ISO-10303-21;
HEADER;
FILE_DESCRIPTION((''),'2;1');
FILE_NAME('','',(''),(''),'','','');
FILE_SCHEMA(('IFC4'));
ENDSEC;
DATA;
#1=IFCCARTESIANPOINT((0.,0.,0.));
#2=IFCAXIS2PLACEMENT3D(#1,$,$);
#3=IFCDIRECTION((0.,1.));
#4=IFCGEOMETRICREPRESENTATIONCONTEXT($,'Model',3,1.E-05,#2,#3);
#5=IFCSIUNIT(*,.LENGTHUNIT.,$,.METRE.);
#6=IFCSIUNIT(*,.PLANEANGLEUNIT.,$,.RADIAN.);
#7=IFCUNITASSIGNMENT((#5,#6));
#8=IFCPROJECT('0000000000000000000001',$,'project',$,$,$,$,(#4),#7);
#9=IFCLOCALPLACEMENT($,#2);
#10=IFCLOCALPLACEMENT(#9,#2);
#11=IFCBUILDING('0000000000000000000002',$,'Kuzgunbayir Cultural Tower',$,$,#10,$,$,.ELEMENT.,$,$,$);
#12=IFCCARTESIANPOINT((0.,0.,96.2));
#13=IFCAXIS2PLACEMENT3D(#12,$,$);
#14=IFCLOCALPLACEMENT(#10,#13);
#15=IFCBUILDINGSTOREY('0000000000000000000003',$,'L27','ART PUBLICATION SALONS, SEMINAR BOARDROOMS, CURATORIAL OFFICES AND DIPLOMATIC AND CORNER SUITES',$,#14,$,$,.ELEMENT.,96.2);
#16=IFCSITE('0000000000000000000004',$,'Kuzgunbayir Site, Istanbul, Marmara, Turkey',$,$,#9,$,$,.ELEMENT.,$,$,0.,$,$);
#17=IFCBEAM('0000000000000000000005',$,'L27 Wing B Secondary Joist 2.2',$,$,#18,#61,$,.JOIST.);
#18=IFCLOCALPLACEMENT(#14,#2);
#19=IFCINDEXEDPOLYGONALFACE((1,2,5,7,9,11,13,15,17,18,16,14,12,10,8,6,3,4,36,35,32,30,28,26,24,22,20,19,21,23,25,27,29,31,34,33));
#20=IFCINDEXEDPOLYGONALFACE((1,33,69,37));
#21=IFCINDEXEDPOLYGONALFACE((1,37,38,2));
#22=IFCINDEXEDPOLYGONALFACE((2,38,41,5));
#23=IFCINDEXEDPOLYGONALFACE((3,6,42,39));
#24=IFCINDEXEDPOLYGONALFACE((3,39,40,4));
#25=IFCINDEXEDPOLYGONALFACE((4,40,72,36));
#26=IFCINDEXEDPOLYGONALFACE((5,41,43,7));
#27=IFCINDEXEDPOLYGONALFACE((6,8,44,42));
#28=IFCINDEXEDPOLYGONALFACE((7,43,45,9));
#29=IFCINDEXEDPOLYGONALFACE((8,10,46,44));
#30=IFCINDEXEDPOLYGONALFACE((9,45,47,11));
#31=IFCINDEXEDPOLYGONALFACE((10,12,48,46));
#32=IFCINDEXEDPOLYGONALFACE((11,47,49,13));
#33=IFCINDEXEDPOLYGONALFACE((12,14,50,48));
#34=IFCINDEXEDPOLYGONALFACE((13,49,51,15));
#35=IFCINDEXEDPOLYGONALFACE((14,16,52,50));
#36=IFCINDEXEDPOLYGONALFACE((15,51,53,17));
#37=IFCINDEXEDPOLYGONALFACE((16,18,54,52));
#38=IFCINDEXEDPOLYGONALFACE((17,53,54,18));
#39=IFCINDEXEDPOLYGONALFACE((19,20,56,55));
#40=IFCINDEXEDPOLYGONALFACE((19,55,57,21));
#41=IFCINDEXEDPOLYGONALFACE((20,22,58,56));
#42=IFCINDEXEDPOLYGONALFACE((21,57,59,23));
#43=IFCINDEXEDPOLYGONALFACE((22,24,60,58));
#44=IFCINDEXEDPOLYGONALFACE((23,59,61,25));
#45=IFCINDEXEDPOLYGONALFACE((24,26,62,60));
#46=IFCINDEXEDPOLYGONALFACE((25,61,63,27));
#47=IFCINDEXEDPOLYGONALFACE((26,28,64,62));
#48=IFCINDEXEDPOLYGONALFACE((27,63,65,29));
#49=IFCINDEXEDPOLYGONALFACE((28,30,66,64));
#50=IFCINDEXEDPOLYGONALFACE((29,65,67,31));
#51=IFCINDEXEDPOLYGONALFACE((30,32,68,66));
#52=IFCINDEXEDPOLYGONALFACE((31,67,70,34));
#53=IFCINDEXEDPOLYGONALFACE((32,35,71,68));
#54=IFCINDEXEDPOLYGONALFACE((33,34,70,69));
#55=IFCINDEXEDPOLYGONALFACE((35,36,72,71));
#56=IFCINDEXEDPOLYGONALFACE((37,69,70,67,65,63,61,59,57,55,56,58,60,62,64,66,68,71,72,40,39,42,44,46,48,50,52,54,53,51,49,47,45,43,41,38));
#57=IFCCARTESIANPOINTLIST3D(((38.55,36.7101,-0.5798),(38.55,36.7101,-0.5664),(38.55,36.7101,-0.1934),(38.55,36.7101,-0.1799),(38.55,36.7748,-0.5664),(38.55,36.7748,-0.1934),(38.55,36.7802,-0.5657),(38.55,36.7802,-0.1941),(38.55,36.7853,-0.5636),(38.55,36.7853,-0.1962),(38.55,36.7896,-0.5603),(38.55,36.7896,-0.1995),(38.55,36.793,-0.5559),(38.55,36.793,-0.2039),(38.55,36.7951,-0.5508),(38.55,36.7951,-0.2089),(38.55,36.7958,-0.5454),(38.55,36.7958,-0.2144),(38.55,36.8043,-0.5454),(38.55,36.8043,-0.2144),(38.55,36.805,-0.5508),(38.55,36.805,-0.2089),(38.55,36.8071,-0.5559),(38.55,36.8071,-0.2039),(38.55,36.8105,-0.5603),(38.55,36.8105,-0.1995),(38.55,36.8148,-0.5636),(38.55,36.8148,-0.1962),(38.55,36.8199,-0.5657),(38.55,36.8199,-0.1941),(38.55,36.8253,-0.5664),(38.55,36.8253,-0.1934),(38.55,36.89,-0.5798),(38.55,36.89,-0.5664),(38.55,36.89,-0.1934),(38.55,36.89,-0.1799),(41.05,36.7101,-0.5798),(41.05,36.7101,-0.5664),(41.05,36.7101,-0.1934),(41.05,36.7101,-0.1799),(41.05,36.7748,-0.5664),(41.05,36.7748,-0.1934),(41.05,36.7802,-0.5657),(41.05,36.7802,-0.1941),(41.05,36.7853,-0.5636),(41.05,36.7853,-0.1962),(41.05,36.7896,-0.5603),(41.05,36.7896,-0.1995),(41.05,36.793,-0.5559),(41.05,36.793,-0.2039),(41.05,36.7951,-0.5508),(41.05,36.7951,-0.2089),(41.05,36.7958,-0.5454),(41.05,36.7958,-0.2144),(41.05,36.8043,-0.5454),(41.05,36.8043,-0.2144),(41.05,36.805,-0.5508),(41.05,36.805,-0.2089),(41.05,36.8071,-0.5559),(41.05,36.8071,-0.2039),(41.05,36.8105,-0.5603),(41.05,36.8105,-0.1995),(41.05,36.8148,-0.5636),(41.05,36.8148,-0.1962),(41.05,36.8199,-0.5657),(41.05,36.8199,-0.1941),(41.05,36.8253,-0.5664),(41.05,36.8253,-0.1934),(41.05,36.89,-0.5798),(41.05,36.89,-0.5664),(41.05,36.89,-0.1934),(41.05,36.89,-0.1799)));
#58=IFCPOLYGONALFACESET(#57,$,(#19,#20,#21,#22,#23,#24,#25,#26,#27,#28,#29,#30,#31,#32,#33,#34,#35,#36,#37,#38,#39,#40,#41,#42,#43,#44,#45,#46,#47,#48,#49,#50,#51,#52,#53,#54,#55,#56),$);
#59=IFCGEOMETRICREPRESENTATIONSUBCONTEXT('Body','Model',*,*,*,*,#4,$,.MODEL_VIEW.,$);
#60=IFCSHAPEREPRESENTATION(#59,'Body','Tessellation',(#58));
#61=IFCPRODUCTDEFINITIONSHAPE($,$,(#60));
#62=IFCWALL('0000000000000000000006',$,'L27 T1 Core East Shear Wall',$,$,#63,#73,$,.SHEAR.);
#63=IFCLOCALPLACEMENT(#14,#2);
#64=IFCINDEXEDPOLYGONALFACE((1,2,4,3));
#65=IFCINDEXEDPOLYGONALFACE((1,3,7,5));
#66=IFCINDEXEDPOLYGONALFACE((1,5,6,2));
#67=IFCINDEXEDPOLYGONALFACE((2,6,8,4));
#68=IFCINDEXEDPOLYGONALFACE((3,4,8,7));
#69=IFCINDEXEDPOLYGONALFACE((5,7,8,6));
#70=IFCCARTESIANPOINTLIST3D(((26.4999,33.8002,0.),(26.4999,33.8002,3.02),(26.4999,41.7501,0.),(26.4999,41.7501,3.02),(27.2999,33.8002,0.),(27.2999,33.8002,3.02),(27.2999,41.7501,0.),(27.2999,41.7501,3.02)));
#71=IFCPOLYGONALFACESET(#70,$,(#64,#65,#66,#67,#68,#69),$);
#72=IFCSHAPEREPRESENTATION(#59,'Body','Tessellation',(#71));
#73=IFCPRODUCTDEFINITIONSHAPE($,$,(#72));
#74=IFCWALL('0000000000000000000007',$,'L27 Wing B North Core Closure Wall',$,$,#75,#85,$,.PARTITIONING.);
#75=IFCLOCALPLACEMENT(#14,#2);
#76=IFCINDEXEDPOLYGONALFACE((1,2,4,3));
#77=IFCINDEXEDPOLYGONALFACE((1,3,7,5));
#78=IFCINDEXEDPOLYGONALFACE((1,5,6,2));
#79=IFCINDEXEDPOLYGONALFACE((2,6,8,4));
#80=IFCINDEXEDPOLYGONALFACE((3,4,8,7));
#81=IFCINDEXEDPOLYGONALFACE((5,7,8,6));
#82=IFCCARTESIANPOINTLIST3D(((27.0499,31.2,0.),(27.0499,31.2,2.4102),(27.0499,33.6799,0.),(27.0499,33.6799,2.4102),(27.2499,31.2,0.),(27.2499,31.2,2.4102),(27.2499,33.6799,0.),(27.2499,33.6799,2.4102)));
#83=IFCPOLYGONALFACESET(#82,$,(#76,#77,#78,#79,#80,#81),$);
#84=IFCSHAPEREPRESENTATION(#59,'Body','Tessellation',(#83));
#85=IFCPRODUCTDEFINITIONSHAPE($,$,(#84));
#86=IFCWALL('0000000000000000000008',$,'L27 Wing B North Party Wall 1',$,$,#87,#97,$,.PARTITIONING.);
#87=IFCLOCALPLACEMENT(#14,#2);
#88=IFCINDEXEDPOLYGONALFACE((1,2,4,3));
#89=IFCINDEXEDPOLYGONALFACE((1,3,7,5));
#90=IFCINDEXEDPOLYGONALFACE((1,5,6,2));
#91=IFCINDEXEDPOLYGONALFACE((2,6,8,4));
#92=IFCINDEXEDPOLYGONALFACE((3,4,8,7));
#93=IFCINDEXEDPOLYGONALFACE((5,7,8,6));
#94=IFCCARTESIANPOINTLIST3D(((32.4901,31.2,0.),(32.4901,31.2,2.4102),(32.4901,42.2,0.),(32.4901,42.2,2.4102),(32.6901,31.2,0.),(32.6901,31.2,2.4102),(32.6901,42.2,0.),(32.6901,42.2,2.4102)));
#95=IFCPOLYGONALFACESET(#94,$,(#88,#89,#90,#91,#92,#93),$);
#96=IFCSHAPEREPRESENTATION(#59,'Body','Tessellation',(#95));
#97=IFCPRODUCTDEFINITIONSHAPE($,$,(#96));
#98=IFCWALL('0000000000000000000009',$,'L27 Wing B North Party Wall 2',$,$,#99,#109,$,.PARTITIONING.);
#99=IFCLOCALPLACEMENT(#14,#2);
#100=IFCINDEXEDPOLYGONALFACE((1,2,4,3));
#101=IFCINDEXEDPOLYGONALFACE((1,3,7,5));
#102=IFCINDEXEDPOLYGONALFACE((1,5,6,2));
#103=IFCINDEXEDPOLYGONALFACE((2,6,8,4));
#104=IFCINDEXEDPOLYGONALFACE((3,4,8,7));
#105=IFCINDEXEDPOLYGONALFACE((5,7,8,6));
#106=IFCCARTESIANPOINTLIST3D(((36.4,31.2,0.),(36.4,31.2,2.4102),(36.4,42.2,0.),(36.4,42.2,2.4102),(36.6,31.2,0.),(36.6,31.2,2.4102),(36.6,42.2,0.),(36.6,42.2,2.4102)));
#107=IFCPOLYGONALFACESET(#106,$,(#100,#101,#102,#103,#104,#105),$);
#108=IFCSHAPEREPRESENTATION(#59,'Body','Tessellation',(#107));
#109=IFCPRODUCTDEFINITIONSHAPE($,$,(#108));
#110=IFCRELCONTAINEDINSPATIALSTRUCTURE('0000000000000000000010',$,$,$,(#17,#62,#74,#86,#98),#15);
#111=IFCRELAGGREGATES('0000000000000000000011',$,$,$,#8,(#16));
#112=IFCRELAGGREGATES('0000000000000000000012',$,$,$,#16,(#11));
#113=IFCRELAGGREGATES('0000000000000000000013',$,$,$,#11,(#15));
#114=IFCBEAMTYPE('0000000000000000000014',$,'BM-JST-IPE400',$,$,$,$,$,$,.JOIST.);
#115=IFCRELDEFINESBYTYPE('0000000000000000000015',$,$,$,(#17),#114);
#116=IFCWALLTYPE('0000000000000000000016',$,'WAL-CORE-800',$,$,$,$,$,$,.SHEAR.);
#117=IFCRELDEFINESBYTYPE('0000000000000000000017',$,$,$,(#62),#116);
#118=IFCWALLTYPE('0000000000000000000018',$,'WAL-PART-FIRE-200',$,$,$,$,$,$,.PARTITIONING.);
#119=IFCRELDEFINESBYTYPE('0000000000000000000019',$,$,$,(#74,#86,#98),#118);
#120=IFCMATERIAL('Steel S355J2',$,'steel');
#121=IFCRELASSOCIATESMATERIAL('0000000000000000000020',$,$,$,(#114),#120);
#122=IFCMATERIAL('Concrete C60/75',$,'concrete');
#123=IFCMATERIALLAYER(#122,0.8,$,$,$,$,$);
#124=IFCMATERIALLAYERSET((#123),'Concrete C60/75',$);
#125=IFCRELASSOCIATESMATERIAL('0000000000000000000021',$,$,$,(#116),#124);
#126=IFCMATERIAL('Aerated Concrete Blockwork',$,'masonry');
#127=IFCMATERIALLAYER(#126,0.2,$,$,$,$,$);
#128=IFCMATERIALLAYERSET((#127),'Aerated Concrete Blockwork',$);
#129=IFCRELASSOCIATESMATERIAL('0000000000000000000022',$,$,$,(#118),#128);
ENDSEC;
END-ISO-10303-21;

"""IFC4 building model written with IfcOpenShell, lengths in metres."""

from ifc_helpers import new_model, si_unit, direction, frame, frame_2d, origin, origin_2d, place, context, subcontext, project, spatial, rectangle, i_section, extrude, material, layer, layer_set, material_profile, profile_set, type_object, element, save


model = new_model("IFC4")

# Units and contexts
model_context = context("Model", 3, precision=1e-05, world=origin(), true_north=direction((0.0, 1.0)))
body_context = subcontext(model_context, "Body", "Model", "MODEL_VIEW")
ifc_project = project(units=[si_unit("LENGTHUNIT", "METRE"), si_unit("PLANEANGLEUNIT", "RADIAN")], contexts=[model_context])

# Site, building, storey
site_placement = place(None, origin())
site = spatial("IfcSite", under=ifc_project, at=site_placement, Name="Kuzgunbayir Site, Istanbul, Marmara, Turkey", CompositionType="ELEMENT", RefElevation=0.0)
building_placement = place(site_placement, origin())
building = spatial("IfcBuilding", under=site, at=building_placement, Name="Kuzgunbayir Cultural Tower", CompositionType="ELEMENT")
storey_placement = place(building_placement, frame((0.0, 0.0, 96.2)))
storey = spatial("IfcBuildingStorey", under=building, at=storey_placement, Name="L27", Description="ART PUBLICATION SALONS, SEMINAR BOARDROOMS, CURATORIAL OFFICES AND DIPLOMATIC AND CORNER SUITES", CompositionType="ELEMENT", Elevation=96.2)

# Shared definitions
ifc_material_1 = material(Name="Concrete C60/75", Category="concrete")

# Beam
ifc_material_2 = material(Name="Steel S355J2", Category="steel")
ifc_material_profile_1 = material_profile(ifc_material_2, i_section(OverallWidth=0.1799, OverallDepth=0.3999, WebThickness=0.0085, FlangeThickness=0.0134, FilletRadius=0.021, at=origin_2d()), Name="IPE 400")
ifc_profile_set_1 = profile_set([ifc_material_profile_1], Name="Steel S355J2")
beam_type_1 = type_object("IfcBeamType", Name="BM-JST-IPE400", PredefinedType="JOIST", material=ifc_profile_set_1)
for number, where, z_axis, x_axis, name in (
    (1, (38.55, 36.8, -0.3799), (1.0, 0.0, 0.0), (0.0, 1.0, 0.0), "L27 Wing B Secondary Joist 2.2"),
):
    element("IfcBeam", number, at=place(storey_placement, frame(where, z_axis=z_axis, x_axis=x_axis)), inside=storey, type_object=beam_type_1, Name=name, PredefinedType="JOIST", context=body_context, shape_type="SweptSolid", body=[
        extrude(i_section(OverallWidth=0.1799, OverallDepth=0.3999, WebThickness=0.0085, FlangeThickness=0.0134, FilletRadius=0.021, at=origin_2d()), origin(), (0.0, 0.0, 1.0), 2.5),
    ])

# Wall
ifc_layer_1 = layer(ifc_material_1, 0.8)
ifc_layer_set_1 = layer_set([ifc_layer_1], Name="Concrete C60/75")
wall_type_1 = type_object("IfcWallType", Name="WAL-CORE-800", PredefinedType="SHEAR", material=ifc_layer_set_1)
wall_1_placement = place(storey_placement, frame((26.8999, 33.8, 0.0), z_axis=(0.0, 0.0, 1.0), x_axis=(0.0, 1.0, 0.0)))
element("IfcWall", 2, at=wall_1_placement, inside=storey, type_object=wall_type_1, Name="L27 T1 Core East Shear Wall", PredefinedType="SHEAR", context=body_context, shape_type="SweptSolid", body=[
    extrude(rectangle(XDim=7.95, YDim=0.8, at=frame_2d((3.9751, 0.0))), origin(), (0.0, 0.0, 1.0), 3.02),
])

# Shared definitions
ifc_material_3 = material(Name="Aerated Concrete Blockwork", Category="masonry")
ifc_layer_2 = layer(ifc_material_3, 0.2)
ifc_layer_set_2 = layer_set([ifc_layer_2], Name="Aerated Concrete Blockwork")
wall_type_2 = type_object("IfcWallType", Name="WAL-PART-FIRE-200", PredefinedType="PARTITIONING", material=ifc_layer_set_2)

# Walls
wall_2_placement = place(storey_placement, frame((27.1499, 31.2, 0.0), z_axis=(0.0, 0.0, 1.0), x_axis=(0.0, 1.0, 0.0)))
element("IfcWall", 3, at=wall_2_placement, inside=storey, type_object=wall_type_2, Name="L27 Wing B North Core Closure Wall", PredefinedType="PARTITIONING", context=body_context, shape_type="SweptSolid", body=[
    extrude(rectangle(XDim=2.48, YDim=0.2, at=frame_2d((1.24, 0.0))), origin(), (0.0, 0.0, 1.0), 2.4102),
])
for number, where, z_axis, x_axis, name in (
    (4, (32.5901, 31.2, 0.0), (0.0, 0.0, 1.0), (0.0, 1.0, 0.0), "L27 Wing B North Party Wall 1"),
    (5, (36.5, 31.2, 0.0), (0.0, 0.0, 1.0), (0.0, 1.0, 0.0), "L27 Wing B North Party Wall 2"),
):
    element("IfcWall", number, at=place(storey_placement, frame(where, z_axis=z_axis, x_axis=x_axis)), inside=storey, type_object=wall_type_2, Name=name, PredefinedType="PARTITIONING", context=body_context, shape_type="SweptSolid", body=[
        extrude(rectangle(XDim=11.0, YDim=0.2, at=frame_2d((5.5, 0.0))), origin(), (0.0, 0.0, 1.0), 2.4102),
    ])

save(model, "model.ifc")
